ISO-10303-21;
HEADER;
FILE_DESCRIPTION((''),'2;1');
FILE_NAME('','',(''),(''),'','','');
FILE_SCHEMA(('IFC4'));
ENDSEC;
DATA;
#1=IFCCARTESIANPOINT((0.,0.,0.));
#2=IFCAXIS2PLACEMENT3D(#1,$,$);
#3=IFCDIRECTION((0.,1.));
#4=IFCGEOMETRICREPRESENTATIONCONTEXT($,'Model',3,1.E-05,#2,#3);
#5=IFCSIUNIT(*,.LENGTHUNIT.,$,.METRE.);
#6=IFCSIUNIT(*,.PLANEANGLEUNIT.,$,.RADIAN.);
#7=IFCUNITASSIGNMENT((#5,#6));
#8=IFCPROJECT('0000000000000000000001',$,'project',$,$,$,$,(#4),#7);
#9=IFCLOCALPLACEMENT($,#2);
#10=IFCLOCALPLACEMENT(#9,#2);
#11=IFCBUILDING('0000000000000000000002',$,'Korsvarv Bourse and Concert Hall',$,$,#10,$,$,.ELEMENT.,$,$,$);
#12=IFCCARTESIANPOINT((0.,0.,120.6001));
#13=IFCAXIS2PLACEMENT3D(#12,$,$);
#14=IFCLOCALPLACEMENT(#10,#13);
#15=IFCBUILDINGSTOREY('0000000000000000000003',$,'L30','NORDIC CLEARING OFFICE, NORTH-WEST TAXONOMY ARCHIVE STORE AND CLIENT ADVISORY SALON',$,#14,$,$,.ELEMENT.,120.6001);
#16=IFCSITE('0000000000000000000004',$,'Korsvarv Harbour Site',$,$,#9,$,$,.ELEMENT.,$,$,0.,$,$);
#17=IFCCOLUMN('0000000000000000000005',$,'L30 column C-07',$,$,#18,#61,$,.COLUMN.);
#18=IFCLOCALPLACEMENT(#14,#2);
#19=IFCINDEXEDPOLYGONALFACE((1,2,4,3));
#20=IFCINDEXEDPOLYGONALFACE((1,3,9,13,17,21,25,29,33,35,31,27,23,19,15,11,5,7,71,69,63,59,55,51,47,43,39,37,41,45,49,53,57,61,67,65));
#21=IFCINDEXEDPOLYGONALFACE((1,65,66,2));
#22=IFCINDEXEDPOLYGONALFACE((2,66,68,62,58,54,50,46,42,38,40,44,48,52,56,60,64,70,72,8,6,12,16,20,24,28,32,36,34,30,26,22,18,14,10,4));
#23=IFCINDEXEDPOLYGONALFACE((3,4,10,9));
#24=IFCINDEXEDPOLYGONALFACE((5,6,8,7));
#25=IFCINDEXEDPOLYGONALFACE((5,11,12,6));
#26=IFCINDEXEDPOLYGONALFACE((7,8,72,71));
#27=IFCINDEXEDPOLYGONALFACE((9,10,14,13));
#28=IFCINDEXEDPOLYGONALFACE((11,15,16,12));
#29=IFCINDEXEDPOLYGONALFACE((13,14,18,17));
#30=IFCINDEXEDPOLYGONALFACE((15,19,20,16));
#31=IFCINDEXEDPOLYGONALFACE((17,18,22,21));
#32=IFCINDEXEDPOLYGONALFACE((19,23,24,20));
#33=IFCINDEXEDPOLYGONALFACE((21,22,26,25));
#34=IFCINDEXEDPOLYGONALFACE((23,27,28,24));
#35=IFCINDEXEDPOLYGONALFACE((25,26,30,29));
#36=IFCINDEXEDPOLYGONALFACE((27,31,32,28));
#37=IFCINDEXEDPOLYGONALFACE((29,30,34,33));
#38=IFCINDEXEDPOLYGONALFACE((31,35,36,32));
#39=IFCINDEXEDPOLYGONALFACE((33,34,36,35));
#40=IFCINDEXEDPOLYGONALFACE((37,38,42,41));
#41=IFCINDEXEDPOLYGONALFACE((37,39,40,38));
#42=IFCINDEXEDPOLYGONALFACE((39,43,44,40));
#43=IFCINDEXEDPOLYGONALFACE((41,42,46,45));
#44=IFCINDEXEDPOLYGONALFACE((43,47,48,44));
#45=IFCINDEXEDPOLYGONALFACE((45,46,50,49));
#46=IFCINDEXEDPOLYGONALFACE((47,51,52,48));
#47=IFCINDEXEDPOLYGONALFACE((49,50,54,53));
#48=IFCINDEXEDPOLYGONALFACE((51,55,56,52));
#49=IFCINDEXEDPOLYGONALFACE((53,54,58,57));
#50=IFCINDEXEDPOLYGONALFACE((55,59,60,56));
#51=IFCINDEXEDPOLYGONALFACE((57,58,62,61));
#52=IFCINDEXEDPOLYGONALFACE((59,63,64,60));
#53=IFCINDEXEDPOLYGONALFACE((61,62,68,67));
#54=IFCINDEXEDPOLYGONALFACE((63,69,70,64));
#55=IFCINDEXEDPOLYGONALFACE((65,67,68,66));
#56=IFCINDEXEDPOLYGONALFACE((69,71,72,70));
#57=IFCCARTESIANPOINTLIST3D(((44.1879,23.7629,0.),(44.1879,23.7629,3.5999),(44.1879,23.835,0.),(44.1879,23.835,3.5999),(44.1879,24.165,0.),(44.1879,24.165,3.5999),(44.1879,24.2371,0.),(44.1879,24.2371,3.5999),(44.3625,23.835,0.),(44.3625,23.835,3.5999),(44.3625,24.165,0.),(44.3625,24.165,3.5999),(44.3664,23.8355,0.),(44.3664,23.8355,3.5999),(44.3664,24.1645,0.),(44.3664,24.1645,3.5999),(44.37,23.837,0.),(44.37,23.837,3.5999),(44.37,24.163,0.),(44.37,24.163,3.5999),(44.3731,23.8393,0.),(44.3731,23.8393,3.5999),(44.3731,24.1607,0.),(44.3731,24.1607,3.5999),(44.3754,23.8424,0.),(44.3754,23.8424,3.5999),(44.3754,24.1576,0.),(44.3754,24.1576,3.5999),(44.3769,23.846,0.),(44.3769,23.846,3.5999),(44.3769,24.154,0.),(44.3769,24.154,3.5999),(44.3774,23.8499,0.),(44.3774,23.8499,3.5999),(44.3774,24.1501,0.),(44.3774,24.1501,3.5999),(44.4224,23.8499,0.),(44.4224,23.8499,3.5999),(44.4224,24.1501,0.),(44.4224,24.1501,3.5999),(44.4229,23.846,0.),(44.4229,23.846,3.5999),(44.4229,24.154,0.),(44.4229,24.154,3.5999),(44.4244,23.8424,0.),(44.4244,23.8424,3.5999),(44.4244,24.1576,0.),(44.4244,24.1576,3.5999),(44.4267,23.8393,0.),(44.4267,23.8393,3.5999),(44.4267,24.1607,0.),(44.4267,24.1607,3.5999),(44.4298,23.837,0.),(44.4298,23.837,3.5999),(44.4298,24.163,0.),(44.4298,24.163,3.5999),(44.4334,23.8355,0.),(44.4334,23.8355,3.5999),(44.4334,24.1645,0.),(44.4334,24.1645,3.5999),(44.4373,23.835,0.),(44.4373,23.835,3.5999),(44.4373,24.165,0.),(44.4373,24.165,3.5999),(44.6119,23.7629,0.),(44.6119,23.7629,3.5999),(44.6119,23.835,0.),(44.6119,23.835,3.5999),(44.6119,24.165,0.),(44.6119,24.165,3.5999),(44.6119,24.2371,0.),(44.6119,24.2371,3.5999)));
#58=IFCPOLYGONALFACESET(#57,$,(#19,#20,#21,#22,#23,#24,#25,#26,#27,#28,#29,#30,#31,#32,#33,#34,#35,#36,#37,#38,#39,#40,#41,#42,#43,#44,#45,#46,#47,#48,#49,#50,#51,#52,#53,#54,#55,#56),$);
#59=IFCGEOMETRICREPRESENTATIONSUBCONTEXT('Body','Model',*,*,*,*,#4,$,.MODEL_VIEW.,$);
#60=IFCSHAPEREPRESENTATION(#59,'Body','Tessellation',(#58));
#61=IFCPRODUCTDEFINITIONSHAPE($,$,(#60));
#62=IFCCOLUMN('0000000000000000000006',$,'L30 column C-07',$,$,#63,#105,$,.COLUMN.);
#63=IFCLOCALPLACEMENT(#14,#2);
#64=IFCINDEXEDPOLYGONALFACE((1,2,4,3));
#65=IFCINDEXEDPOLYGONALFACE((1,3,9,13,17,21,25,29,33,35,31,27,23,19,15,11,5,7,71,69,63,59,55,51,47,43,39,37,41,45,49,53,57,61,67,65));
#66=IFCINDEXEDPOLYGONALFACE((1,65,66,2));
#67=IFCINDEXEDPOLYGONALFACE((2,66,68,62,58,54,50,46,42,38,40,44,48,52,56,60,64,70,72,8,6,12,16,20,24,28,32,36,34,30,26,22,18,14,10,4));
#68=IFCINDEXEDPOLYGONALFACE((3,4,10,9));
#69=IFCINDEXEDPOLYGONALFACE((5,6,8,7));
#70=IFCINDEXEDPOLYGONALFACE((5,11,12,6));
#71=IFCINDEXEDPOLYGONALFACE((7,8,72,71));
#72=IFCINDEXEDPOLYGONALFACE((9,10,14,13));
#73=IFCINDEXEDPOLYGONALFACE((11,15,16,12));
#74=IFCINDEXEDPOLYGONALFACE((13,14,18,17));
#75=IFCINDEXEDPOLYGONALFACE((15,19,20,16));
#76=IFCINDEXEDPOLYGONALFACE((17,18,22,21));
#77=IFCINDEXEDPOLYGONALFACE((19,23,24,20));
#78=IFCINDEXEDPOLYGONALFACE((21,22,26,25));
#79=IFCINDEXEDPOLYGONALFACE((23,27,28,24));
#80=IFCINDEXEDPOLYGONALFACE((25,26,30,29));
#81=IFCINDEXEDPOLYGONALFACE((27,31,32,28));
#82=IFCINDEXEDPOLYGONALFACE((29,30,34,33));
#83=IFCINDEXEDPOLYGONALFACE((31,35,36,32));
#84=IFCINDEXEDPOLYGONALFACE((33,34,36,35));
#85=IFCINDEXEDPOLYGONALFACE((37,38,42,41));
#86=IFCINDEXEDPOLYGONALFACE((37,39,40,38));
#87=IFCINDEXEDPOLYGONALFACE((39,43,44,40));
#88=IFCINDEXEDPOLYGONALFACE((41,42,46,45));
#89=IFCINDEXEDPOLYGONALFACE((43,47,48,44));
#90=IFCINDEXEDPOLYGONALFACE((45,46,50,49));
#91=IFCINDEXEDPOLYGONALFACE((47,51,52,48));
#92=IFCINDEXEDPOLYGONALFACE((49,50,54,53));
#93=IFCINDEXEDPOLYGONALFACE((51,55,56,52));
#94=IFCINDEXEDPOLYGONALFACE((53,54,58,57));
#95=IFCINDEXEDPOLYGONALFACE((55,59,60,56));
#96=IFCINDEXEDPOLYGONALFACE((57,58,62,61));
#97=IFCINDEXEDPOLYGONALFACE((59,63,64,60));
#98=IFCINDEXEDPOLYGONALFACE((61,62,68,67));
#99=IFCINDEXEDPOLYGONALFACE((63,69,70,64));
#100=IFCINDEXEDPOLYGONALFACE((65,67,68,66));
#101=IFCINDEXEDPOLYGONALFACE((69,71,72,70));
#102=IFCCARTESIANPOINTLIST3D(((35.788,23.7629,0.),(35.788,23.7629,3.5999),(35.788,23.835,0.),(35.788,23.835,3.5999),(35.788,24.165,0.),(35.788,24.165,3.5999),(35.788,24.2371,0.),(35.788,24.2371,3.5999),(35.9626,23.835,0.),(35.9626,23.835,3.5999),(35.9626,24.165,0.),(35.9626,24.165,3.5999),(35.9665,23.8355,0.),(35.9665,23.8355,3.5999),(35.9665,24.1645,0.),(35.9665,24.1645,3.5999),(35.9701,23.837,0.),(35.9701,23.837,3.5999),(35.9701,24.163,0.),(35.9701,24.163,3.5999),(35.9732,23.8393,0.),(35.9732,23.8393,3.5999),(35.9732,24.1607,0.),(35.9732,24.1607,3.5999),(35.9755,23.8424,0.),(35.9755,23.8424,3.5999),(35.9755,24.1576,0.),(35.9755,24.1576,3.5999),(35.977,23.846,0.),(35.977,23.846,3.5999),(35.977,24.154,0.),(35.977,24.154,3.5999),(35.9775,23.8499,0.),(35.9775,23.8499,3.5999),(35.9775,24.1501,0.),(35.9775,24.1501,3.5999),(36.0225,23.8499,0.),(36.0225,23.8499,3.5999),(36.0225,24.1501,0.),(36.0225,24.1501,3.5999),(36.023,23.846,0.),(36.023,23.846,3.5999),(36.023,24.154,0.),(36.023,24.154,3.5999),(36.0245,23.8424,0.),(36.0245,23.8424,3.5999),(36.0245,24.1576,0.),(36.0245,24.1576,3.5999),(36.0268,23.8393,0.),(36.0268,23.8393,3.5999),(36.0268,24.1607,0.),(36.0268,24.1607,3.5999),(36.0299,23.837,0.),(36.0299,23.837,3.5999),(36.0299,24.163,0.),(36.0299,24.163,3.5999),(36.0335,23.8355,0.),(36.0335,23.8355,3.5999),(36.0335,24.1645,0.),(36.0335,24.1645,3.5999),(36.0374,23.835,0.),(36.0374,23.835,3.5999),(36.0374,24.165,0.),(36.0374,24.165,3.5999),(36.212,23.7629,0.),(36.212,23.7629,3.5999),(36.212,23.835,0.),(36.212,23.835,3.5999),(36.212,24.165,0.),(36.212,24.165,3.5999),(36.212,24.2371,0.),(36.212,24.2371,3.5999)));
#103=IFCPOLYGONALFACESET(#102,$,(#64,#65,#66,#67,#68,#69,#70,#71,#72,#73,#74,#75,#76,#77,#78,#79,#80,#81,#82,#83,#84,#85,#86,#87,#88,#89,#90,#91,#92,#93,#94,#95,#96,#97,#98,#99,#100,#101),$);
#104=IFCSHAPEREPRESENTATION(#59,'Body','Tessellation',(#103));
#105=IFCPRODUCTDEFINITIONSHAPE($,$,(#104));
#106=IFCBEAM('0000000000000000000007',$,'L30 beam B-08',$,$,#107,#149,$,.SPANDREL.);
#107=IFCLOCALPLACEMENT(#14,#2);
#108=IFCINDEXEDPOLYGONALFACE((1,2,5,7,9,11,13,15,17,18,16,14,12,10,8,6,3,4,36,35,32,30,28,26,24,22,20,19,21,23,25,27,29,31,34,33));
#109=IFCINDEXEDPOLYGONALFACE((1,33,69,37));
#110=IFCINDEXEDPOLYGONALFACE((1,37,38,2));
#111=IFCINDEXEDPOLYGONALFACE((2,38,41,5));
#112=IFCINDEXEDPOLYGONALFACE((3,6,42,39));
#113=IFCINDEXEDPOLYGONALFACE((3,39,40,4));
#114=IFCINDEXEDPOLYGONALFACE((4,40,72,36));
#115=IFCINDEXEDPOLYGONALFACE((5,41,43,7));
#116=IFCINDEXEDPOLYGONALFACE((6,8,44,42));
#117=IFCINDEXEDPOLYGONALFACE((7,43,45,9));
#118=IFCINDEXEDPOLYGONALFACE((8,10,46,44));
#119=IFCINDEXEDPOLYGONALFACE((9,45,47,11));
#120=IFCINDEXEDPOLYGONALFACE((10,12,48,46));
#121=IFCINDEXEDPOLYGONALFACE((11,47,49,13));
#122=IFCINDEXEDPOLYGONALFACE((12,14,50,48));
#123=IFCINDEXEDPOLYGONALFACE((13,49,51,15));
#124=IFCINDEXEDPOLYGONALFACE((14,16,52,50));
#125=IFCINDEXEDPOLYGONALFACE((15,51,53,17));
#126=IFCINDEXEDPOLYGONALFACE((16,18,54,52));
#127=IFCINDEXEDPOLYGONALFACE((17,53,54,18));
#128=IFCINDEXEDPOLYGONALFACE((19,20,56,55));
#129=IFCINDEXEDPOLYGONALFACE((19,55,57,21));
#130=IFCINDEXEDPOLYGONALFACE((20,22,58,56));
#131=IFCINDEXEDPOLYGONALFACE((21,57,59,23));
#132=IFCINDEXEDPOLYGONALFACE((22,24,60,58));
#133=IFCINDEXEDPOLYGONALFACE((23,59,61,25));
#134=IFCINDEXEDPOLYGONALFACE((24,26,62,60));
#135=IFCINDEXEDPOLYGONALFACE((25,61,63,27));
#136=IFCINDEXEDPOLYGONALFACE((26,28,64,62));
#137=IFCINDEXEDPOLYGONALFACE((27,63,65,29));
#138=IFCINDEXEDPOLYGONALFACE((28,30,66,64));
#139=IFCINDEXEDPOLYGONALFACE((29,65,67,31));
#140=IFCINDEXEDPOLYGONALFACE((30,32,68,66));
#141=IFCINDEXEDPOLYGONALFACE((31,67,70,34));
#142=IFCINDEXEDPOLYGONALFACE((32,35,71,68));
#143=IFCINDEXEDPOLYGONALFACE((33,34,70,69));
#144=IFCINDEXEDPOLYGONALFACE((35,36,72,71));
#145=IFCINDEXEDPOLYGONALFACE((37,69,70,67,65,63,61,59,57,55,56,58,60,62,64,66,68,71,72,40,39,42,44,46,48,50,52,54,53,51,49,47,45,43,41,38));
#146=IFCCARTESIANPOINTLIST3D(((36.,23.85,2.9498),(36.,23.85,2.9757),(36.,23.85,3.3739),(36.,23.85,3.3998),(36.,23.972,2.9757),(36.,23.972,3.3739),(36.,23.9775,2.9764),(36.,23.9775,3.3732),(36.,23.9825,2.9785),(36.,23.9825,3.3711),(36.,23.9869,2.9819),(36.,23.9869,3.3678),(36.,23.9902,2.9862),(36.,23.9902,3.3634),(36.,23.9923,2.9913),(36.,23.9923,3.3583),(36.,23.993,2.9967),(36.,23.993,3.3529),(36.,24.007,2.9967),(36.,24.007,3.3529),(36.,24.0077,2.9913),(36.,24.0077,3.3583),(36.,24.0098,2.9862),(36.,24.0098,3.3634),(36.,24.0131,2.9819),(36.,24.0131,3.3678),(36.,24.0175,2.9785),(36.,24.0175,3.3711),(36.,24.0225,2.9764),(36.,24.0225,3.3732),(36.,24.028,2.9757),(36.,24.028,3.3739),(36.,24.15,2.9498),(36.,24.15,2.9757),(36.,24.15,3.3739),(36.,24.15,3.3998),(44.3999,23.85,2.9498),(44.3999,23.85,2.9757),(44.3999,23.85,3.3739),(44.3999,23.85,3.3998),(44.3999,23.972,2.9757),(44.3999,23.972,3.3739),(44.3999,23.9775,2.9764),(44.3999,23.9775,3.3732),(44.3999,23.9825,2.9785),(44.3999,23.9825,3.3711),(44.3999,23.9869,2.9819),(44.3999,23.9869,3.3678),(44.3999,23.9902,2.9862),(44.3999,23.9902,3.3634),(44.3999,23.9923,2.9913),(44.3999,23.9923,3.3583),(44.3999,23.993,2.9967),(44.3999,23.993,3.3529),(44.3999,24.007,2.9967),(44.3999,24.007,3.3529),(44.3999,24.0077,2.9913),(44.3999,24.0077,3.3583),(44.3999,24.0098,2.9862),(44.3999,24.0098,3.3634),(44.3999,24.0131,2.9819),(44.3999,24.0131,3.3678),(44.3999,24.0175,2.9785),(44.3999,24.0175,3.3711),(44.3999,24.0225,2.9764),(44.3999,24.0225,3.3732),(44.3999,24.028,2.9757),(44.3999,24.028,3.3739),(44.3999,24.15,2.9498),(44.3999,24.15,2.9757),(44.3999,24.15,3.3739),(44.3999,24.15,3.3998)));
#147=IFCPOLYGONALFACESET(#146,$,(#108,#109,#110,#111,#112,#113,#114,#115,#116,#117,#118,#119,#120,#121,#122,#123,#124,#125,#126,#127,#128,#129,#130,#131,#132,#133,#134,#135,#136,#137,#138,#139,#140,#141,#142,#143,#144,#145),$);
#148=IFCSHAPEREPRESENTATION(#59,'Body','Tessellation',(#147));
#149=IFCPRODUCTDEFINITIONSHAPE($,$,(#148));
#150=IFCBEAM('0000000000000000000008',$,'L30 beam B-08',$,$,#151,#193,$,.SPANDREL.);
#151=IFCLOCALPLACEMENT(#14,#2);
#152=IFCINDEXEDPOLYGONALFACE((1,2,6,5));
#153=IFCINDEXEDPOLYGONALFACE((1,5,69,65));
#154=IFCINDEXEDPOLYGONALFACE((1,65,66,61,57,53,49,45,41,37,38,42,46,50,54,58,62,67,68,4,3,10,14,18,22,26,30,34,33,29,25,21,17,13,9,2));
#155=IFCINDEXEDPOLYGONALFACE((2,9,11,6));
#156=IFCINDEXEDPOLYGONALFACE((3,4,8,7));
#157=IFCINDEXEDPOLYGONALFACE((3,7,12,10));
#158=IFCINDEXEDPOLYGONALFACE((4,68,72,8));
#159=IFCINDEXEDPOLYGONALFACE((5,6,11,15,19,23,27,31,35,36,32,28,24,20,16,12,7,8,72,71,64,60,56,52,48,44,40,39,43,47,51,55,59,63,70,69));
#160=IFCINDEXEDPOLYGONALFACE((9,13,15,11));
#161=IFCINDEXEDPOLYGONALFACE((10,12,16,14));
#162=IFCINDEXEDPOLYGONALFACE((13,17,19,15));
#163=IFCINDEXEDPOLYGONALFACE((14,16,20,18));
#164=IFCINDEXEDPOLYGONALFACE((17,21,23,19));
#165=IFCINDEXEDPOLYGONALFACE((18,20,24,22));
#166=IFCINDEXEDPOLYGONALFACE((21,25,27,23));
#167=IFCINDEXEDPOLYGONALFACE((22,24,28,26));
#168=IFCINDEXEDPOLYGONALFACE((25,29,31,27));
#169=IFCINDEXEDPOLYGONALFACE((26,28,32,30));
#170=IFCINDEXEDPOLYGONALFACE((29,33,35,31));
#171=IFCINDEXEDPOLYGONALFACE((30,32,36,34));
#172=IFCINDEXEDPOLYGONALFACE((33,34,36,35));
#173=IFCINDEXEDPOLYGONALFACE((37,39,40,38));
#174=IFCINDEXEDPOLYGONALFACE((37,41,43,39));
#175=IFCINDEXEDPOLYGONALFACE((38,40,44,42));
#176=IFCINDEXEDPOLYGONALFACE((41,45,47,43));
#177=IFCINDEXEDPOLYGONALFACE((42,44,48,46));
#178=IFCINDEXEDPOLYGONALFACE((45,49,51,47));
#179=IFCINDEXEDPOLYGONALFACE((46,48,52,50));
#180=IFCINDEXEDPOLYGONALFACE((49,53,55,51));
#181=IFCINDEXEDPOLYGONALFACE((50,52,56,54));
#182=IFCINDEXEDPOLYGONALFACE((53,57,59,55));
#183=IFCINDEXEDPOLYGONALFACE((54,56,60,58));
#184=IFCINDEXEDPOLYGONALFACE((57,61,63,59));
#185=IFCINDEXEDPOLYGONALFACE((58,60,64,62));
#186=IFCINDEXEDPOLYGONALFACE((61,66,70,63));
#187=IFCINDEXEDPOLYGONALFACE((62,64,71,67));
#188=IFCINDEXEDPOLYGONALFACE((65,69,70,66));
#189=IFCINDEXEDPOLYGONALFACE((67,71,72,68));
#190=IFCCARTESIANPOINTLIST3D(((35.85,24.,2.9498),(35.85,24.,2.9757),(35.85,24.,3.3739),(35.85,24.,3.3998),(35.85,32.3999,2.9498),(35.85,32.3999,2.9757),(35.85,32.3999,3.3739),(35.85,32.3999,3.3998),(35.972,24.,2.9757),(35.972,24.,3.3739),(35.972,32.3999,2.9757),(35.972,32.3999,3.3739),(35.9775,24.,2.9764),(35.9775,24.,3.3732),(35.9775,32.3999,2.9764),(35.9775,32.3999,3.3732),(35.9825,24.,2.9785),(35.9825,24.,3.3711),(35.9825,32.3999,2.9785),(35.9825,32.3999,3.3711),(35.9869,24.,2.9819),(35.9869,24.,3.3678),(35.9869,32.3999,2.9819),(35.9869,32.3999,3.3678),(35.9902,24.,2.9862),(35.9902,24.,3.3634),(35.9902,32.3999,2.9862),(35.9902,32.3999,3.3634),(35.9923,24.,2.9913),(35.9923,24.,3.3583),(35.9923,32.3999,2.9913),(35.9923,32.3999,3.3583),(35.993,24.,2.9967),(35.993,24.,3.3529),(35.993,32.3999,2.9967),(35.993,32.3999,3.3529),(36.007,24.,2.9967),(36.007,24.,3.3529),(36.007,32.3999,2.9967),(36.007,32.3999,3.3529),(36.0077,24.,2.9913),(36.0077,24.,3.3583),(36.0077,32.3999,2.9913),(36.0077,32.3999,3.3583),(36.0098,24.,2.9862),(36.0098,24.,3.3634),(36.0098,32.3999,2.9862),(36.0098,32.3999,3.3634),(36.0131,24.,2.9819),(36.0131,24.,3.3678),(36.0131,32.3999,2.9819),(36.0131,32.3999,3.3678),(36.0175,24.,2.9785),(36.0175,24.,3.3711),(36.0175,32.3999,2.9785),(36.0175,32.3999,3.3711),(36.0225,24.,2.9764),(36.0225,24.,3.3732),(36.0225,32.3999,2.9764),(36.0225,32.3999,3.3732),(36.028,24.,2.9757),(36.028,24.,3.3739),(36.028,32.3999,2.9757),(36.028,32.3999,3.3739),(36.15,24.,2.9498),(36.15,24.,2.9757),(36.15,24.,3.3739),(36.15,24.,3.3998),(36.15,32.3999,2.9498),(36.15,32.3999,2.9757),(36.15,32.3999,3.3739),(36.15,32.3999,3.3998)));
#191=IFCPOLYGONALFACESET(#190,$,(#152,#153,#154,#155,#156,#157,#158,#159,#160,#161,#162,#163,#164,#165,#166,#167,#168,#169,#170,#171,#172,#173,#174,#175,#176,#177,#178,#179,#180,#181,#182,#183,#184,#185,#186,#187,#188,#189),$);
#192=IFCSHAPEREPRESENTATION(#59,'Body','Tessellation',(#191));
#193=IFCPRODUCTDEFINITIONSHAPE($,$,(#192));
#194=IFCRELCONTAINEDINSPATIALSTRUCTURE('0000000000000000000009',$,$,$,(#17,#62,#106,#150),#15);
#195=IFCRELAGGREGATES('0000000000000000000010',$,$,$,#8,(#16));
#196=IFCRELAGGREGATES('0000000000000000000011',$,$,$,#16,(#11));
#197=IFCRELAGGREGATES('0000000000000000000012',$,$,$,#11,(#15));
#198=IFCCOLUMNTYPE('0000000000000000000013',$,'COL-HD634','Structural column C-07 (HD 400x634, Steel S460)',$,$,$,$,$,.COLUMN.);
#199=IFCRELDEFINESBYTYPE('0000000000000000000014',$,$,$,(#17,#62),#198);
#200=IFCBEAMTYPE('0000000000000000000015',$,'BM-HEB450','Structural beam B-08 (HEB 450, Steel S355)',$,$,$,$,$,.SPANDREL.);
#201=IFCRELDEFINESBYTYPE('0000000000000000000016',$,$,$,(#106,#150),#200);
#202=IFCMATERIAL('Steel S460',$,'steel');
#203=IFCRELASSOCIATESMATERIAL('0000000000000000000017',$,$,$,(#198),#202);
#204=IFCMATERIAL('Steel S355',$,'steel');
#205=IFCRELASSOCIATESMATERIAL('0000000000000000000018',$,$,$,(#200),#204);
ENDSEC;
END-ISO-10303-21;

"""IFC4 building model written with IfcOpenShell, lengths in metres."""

from ifc_helpers import new_model, si_unit, direction, frame, origin, origin_2d, place, context, subcontext, project, spatial, i_section, extrude, source, transform, mapped, material, material_profile, profile_set, type_object, element, save


model = new_model("IFC4")

# Units and contexts
model_context = context("Model", 3, precision=1e-05, world=origin(), true_north=direction((0.0, 1.0)))
body_context = subcontext(model_context, "Body", "Model", "MODEL_VIEW")
ifc_project = project(units=[si_unit("LENGTHUNIT", "METRE"), si_unit("PLANEANGLEUNIT", "RADIAN")], contexts=[model_context])

# Site, building, storey
site_placement = place(None, origin())
site = spatial("IfcSite", under=ifc_project, at=site_placement, Name="Korsvarv Harbour Site", CompositionType="ELEMENT", RefElevation=0.0)
building_placement = place(site_placement, origin())
building = spatial("IfcBuilding", under=site, at=building_placement, Name="Korsvarv Bourse and Concert Hall", CompositionType="ELEMENT")
storey_placement = place(building_placement, frame((0.0, 0.0, 120.6001)))
storey = spatial("IfcBuildingStorey", under=building, at=storey_placement, Name="L30", Description="NORDIC CLEARING OFFICE, NORTH-WEST TAXONOMY ARCHIVE STORE AND CLIENT ADVISORY SALON", CompositionType="ELEMENT", Elevation=120.6001)

# Columns
ifc_material_1 = material(Name="Steel S460", Category="steel")
ifc_material_profile_1 = material_profile(ifc_material_1, i_section(OverallWidth=0.4241, OverallDepth=0.4741, WebThickness=0.0449, FlangeThickness=0.072, FilletRadius=0.0149, at=origin_2d()), Name="HD 400x634")
ifc_profile_set_1 = profile_set([ifc_material_profile_1], Name="Steel S460")
column_type = type_object("IfcColumnType", Name="COL-HD634", Description="Structural column C-07 (HD 400x634, Steel S460)", PredefinedType="COLUMN", material=ifc_profile_set_1)
shared_shape_1 = source(origin(), body_context, "Body", "SweptSolid", [
    extrude(i_section(OverallWidth=0.4241, OverallDepth=0.4741, WebThickness=0.0449, FlangeThickness=0.072, FilletRadius=0.0149, at=origin_2d()), origin(), (0.0, 0.0, 1.0), 3.5999),
])
for number, where, z_axis, x_axis, name in (
    (1, (44.3999, 24.0, 0.0), (0.0, 0.0, 1.0), (1.0, 0.0, 0.0), "L30 column C-07"),
    (2, (36.0, 24.0, 0.0), (0.0, 0.0, 1.0), (1.0, 0.0, 0.0), "L30 column C-07"),
):
    element("IfcColumn", number, at=place(storey_placement, frame(where, z_axis=z_axis, x_axis=x_axis)), inside=storey, type_object=column_type, Name=name, PredefinedType="COLUMN", context=body_context, shape_type="MappedRepresentation", body=[
        mapped(shared_shape_1, transform((0.0, 0.0, 0.0), scale=1.0)),
    ])

# Beams
ifc_material_2 = material(Name="Steel S355", Category="steel")
ifc_material_profile_2 = material_profile(ifc_material_2, i_section(OverallWidth=0.3, OverallDepth=0.45, WebThickness=0.0139, FlangeThickness=0.0259, FilletRadius=0.021, at=origin_2d()), Name="HEB 450")
ifc_profile_set_2 = profile_set([ifc_material_profile_2], Name="Steel S355")
beam_type = type_object("IfcBeamType", Name="BM-HEB450", Description="Structural beam B-08 (HEB 450, Steel S355)", PredefinedType="SPANDREL", material=ifc_profile_set_2)
shared_shape_2 = source(origin(), body_context, "Body", "SweptSolid", [
    extrude(i_section(OverallWidth=0.3, OverallDepth=0.45, WebThickness=0.0139, FlangeThickness=0.0259, FilletRadius=0.021, at=origin_2d()), origin(), (0.0, 0.0, 1.0), 8.3999),
])
for number, where, z_axis, x_axis, name in (
    (3, (36.0, 24.0, 3.1748), (1.0, 0.0, 0.0), (0.0, 1.0, 0.0), "L30 beam B-08"),
    (4, (36.0, 24.0, 3.1748), (0.0, 1.0, 0.0), (-1.0, 0.0, 0.0), "L30 beam B-08"),
):
    element("IfcBeam", number, at=place(storey_placement, frame(where, z_axis=z_axis, x_axis=x_axis)), inside=storey, type_object=beam_type, Name=name, PredefinedType="SPANDREL", context=body_context, shape_type="MappedRepresentation", body=[
        mapped(shared_shape_2, transform((0.0, 0.0, 0.0), scale=1.0)),
    ])

save(model, "model.ifc")
